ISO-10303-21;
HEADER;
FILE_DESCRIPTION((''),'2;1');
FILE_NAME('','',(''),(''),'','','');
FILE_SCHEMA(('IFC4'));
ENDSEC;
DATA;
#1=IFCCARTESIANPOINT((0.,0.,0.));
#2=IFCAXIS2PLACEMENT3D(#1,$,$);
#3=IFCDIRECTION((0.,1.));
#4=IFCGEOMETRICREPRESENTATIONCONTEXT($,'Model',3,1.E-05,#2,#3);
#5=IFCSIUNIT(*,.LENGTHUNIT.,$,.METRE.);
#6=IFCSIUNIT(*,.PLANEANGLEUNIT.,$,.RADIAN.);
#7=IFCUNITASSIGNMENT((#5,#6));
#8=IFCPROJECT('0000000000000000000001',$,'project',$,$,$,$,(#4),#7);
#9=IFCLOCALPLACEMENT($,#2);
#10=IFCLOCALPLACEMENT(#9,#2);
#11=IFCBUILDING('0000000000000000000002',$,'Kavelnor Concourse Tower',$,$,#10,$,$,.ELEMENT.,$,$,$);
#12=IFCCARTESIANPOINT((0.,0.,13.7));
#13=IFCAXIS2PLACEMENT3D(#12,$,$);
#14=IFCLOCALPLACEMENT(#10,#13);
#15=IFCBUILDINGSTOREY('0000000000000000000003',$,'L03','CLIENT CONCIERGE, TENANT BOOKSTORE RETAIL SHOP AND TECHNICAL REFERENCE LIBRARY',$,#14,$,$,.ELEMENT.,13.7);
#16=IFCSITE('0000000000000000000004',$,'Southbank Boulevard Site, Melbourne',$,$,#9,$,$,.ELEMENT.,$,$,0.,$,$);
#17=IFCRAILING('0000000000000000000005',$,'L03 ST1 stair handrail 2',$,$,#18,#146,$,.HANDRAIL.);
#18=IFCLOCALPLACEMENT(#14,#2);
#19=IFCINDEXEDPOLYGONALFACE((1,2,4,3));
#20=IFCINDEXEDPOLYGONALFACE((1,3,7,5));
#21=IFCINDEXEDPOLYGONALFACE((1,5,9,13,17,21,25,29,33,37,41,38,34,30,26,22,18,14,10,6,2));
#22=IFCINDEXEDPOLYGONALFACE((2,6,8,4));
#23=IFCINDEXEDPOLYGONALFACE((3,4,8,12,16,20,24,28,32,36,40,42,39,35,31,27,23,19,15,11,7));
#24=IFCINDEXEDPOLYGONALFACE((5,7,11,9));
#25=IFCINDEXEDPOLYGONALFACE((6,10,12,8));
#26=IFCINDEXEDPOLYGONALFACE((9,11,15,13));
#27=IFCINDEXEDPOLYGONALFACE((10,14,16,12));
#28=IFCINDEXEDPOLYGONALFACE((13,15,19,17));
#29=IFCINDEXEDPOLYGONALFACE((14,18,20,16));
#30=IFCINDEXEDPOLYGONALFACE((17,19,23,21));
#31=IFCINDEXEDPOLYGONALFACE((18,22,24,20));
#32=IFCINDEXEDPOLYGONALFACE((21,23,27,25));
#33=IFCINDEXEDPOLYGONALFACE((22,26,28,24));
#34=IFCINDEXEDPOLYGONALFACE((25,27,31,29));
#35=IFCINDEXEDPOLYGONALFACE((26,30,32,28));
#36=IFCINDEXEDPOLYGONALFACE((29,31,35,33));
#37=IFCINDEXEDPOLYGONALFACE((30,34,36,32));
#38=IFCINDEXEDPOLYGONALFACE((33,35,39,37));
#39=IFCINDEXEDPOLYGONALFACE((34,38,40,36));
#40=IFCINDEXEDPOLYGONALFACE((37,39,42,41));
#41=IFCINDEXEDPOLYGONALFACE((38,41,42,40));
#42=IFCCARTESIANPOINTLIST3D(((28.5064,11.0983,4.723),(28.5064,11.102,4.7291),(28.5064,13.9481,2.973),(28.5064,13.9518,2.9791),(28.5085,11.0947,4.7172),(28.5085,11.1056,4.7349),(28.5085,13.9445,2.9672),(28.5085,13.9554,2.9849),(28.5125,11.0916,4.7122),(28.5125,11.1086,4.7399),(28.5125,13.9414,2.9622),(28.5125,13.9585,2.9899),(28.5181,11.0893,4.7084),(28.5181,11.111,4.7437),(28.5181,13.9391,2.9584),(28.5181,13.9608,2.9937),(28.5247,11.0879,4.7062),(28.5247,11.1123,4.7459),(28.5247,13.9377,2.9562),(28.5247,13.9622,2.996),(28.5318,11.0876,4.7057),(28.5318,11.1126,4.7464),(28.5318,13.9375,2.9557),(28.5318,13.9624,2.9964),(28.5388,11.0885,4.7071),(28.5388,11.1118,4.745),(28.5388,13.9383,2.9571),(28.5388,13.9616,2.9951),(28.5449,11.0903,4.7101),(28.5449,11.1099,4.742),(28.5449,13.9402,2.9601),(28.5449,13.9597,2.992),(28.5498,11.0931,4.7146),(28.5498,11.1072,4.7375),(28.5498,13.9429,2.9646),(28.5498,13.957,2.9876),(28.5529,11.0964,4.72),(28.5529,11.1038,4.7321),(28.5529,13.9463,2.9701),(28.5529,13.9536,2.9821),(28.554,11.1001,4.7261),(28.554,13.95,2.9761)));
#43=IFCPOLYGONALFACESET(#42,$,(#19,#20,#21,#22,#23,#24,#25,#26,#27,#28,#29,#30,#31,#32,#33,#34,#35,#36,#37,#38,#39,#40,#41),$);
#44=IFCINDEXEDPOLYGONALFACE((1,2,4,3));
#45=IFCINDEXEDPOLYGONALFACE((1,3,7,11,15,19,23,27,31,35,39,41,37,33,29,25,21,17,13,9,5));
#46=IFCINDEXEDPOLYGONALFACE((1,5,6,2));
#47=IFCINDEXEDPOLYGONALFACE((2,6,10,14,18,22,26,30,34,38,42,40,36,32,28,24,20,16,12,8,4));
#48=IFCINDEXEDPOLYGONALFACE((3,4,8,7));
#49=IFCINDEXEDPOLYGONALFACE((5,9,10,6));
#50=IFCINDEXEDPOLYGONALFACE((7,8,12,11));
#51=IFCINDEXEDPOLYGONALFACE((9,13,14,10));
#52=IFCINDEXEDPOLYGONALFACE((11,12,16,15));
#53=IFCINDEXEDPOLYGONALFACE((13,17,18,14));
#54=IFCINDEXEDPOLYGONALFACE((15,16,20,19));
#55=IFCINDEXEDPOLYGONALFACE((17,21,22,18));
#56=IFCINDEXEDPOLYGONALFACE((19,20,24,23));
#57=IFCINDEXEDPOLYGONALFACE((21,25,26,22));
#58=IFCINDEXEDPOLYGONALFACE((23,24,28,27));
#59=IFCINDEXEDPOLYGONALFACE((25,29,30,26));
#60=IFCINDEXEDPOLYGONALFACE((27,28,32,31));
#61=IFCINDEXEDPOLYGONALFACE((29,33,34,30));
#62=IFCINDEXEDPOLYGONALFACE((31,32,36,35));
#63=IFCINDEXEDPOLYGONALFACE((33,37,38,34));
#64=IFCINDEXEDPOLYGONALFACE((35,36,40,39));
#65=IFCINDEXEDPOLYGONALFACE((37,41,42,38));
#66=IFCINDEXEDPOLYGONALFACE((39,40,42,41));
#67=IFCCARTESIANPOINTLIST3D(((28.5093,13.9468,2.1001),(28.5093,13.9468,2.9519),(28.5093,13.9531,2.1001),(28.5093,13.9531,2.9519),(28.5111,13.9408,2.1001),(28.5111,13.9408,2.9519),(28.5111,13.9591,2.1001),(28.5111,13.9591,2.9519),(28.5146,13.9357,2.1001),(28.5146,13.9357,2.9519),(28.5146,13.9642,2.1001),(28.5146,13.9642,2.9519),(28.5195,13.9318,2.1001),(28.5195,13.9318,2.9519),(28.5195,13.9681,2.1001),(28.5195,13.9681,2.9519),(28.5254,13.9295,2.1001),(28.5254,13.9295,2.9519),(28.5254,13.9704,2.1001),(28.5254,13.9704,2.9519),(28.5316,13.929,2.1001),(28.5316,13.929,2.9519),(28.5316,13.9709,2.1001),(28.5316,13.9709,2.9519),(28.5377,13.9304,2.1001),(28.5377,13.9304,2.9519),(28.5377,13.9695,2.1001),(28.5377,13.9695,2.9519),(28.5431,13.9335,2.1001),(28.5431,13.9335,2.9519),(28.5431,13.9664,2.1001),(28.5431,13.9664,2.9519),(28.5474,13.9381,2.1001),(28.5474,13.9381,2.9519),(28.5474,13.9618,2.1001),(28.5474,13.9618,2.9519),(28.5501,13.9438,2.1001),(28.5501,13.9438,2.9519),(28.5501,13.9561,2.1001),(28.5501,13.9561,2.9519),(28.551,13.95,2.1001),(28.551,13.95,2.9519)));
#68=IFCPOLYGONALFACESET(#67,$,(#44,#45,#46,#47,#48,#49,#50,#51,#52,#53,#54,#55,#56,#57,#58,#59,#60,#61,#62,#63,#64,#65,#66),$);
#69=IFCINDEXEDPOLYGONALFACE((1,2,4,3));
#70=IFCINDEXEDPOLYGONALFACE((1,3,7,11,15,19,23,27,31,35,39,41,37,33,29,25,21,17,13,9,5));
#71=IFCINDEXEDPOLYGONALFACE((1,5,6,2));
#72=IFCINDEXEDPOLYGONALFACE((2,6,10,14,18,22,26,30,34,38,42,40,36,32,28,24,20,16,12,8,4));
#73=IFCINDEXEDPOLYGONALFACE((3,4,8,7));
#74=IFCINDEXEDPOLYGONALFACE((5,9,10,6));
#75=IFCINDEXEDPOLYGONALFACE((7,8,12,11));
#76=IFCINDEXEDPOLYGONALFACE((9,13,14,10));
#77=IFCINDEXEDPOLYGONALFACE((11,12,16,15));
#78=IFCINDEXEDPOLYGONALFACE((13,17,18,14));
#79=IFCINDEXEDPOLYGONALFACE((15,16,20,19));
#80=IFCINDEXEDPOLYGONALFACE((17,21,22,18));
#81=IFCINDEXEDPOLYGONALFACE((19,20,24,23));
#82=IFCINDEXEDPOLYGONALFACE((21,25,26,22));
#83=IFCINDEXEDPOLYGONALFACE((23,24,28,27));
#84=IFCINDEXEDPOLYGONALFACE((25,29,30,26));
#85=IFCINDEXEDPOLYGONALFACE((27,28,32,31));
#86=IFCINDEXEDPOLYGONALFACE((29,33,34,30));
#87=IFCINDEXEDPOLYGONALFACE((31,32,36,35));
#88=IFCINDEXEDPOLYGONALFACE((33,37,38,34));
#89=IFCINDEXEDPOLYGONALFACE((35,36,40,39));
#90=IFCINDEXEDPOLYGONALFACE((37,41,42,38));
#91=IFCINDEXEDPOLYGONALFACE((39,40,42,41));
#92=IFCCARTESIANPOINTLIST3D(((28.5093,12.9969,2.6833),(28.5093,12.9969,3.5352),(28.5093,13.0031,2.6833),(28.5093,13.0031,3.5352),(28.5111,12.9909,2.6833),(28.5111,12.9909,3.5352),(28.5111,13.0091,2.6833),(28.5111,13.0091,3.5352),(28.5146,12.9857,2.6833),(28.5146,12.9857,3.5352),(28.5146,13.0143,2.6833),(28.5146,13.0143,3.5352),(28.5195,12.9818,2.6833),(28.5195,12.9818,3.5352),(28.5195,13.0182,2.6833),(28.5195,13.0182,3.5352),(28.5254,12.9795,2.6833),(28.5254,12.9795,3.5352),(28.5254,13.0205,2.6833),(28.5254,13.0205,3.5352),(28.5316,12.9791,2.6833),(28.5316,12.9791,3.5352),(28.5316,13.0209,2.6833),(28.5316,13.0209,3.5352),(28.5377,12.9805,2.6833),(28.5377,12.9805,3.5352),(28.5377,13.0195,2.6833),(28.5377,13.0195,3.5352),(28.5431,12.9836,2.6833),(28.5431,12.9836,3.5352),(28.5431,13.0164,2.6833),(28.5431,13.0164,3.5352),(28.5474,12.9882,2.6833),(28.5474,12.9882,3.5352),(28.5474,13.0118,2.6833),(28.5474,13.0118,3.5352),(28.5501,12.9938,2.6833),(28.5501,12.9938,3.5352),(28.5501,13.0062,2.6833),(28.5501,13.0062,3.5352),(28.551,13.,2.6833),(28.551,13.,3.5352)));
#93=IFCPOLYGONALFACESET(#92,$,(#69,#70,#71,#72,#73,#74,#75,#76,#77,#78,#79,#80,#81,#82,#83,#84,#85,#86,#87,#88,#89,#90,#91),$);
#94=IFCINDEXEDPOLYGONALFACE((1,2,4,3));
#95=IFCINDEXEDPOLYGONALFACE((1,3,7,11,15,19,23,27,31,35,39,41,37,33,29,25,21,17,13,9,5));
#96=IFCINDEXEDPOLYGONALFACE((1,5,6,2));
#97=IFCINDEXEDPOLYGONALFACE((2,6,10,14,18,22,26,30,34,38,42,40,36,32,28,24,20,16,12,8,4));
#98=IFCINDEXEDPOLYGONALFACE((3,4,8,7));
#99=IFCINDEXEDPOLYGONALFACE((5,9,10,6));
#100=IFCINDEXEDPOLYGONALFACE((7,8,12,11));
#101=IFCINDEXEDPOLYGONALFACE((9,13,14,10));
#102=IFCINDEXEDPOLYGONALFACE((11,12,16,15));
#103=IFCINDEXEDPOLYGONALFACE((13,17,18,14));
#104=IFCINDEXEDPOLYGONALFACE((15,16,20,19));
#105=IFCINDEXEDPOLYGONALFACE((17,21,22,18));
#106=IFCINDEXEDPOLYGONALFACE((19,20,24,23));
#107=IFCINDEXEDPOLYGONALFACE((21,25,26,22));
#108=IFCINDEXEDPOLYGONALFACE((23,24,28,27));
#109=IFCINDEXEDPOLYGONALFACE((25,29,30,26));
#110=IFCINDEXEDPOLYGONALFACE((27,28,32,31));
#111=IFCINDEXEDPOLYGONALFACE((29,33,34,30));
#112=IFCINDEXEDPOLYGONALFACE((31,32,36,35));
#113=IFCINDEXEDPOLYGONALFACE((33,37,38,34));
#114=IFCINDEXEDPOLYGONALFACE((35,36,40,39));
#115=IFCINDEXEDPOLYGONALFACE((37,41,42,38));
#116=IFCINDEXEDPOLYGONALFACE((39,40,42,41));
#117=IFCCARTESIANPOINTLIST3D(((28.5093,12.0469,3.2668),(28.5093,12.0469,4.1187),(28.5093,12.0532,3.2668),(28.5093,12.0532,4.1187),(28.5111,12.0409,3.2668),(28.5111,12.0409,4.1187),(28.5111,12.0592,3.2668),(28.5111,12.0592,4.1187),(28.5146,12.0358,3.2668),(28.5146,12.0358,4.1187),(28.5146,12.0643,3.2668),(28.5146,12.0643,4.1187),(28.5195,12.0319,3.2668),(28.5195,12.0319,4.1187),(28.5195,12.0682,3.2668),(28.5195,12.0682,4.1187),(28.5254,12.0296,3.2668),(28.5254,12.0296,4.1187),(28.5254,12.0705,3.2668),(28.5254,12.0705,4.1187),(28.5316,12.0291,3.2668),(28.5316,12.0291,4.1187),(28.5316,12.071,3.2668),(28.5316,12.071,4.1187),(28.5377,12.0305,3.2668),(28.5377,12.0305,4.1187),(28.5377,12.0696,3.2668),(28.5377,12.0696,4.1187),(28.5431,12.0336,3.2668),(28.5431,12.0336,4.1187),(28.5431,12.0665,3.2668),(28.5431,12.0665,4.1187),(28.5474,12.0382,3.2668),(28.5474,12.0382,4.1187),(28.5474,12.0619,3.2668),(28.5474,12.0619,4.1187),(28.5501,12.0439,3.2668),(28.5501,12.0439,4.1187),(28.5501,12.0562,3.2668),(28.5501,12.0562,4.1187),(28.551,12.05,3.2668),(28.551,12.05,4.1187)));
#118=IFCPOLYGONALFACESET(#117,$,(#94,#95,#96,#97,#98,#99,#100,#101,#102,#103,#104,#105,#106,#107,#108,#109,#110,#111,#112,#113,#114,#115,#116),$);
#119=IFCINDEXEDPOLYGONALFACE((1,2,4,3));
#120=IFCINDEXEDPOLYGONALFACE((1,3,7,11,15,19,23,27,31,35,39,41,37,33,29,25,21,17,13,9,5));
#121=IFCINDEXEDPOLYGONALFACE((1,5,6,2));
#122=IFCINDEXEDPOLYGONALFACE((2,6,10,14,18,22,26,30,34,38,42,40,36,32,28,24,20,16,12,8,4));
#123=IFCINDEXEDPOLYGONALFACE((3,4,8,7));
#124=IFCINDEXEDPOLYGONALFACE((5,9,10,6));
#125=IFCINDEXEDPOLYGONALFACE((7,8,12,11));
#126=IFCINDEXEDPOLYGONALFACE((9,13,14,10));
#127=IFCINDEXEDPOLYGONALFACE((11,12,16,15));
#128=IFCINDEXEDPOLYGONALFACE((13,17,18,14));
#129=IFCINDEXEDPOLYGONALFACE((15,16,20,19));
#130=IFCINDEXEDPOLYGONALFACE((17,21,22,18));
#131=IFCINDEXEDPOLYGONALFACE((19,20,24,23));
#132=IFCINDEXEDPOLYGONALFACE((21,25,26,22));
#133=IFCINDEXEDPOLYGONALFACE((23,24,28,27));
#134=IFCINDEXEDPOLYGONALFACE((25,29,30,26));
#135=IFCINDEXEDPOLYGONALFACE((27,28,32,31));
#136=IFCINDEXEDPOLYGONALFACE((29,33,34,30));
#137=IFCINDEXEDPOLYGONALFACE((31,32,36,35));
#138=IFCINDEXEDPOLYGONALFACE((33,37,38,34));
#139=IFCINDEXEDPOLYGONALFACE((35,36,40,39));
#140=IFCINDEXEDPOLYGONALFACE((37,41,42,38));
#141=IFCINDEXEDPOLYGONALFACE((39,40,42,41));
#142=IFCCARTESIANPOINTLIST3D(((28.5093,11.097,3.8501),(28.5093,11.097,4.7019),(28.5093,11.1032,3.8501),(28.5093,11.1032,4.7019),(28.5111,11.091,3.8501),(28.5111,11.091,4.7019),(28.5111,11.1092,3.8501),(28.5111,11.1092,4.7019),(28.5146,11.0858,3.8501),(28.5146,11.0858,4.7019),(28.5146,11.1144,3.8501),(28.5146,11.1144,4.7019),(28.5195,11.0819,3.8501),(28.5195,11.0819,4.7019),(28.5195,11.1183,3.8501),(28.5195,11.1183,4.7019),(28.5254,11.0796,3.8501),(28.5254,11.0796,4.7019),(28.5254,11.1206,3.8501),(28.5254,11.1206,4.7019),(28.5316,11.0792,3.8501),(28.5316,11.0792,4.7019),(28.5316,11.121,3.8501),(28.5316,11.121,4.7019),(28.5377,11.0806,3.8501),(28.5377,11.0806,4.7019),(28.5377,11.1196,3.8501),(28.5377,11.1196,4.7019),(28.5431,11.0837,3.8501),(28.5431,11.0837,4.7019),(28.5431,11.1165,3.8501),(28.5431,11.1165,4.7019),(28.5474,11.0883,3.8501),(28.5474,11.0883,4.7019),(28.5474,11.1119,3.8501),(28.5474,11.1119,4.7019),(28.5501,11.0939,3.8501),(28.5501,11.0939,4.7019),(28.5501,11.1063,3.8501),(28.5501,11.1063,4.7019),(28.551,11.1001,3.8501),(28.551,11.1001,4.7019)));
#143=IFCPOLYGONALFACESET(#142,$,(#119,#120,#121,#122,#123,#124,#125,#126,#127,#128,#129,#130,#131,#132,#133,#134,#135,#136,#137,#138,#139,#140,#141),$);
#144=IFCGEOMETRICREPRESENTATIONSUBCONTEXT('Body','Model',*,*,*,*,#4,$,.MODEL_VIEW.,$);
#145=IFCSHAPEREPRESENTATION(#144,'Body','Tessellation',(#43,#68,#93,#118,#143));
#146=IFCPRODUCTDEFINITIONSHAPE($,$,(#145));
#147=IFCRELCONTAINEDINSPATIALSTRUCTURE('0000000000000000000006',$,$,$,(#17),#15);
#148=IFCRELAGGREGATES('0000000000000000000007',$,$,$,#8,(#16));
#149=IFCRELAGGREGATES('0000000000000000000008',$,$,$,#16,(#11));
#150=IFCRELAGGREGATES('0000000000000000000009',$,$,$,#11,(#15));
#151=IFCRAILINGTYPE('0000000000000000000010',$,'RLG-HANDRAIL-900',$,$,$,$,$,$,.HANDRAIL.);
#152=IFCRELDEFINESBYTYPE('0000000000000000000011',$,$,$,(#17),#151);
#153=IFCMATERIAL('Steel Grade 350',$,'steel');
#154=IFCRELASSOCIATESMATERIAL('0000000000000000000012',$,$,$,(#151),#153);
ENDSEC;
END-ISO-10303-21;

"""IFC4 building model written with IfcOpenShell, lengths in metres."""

from ifc_helpers import new_model, si_unit, direction, frame, origin, origin_2d, place, context, subcontext, project, spatial, circle, extrude, material, type_object, element, save


model = new_model("IFC4")

# Units and contexts
model_context = context("Model", 3, precision=1e-05, world=origin(), true_north=direction((0.0, 1.0)))
body_context = subcontext(model_context, "Body", "Model", "MODEL_VIEW")
ifc_project = project(units=[si_unit("LENGTHUNIT", "METRE"), si_unit("PLANEANGLEUNIT", "RADIAN")], contexts=[model_context])

# Site, building, storey
site_placement = place(None, origin())
site = spatial("IfcSite", under=ifc_project, at=site_placement, Name="Southbank Boulevard Site, Melbourne", CompositionType="ELEMENT", RefElevation=0.0)
building_placement = place(site_placement, origin())
building = spatial("IfcBuilding", under=site, at=building_placement, Name="Kavelnor Concourse Tower", CompositionType="ELEMENT")
storey_placement = place(building_placement, frame((0.0, 0.0, 13.7)))
storey = spatial("IfcBuildingStorey", under=building, at=storey_placement, Name="L03", Description="CLIENT CONCIERGE, TENANT BOOKSTORE RETAIL SHOP AND TECHNICAL REFERENCE LIBRARY", CompositionType="ELEMENT", Elevation=13.7)

# Shared definitions
ifc_material_1 = material(Name="Steel Grade 350", Category="steel")

# Railing
railing_type_1 = type_object("IfcRailingType", Name="RLG-HANDRAIL-900", PredefinedType="HANDRAIL", material=ifc_material_1)
railing_1_placement = place(storey_placement, frame((28.53, 13.95, 2.1001)))
element("IfcRailing", 1, at=railing_1_placement, inside=storey, type_object=railing_type_1, Name="L03 ST1 stair handrail 2", PredefinedType="HANDRAIL", context=body_context, shape_type="SweptSolid", body=[
    extrude(circle(Radius=0.0239, at=origin_2d()), frame((0.0, 0.0, 0.876), z_axis=(0.0, -0.852159, 0.523283), x_axis=(1.0, 0.0, 0.0)), (0.0, 0.0, 1.0), 3.3442),
    extrude(circle(Radius=0.021, at=origin_2d()), origin(), (0.0, 0.0, 1.0), 0.8518),
    extrude(circle(Radius=0.021, at=origin_2d()), frame((0.0, -0.95, 0.5833)), (0.0, 0.0, 1.0), 0.8518),
    extrude(circle(Radius=0.021, at=origin_2d()), frame((0.0, -1.8999, 1.1667)), (0.0, 0.0, 1.0), 0.8518),
    extrude(circle(Radius=0.021, at=origin_2d()), frame((0.0, -2.8499, 1.75)), (0.0, 0.0, 1.0), 0.8518),
])

save(model, "model.ifc")
